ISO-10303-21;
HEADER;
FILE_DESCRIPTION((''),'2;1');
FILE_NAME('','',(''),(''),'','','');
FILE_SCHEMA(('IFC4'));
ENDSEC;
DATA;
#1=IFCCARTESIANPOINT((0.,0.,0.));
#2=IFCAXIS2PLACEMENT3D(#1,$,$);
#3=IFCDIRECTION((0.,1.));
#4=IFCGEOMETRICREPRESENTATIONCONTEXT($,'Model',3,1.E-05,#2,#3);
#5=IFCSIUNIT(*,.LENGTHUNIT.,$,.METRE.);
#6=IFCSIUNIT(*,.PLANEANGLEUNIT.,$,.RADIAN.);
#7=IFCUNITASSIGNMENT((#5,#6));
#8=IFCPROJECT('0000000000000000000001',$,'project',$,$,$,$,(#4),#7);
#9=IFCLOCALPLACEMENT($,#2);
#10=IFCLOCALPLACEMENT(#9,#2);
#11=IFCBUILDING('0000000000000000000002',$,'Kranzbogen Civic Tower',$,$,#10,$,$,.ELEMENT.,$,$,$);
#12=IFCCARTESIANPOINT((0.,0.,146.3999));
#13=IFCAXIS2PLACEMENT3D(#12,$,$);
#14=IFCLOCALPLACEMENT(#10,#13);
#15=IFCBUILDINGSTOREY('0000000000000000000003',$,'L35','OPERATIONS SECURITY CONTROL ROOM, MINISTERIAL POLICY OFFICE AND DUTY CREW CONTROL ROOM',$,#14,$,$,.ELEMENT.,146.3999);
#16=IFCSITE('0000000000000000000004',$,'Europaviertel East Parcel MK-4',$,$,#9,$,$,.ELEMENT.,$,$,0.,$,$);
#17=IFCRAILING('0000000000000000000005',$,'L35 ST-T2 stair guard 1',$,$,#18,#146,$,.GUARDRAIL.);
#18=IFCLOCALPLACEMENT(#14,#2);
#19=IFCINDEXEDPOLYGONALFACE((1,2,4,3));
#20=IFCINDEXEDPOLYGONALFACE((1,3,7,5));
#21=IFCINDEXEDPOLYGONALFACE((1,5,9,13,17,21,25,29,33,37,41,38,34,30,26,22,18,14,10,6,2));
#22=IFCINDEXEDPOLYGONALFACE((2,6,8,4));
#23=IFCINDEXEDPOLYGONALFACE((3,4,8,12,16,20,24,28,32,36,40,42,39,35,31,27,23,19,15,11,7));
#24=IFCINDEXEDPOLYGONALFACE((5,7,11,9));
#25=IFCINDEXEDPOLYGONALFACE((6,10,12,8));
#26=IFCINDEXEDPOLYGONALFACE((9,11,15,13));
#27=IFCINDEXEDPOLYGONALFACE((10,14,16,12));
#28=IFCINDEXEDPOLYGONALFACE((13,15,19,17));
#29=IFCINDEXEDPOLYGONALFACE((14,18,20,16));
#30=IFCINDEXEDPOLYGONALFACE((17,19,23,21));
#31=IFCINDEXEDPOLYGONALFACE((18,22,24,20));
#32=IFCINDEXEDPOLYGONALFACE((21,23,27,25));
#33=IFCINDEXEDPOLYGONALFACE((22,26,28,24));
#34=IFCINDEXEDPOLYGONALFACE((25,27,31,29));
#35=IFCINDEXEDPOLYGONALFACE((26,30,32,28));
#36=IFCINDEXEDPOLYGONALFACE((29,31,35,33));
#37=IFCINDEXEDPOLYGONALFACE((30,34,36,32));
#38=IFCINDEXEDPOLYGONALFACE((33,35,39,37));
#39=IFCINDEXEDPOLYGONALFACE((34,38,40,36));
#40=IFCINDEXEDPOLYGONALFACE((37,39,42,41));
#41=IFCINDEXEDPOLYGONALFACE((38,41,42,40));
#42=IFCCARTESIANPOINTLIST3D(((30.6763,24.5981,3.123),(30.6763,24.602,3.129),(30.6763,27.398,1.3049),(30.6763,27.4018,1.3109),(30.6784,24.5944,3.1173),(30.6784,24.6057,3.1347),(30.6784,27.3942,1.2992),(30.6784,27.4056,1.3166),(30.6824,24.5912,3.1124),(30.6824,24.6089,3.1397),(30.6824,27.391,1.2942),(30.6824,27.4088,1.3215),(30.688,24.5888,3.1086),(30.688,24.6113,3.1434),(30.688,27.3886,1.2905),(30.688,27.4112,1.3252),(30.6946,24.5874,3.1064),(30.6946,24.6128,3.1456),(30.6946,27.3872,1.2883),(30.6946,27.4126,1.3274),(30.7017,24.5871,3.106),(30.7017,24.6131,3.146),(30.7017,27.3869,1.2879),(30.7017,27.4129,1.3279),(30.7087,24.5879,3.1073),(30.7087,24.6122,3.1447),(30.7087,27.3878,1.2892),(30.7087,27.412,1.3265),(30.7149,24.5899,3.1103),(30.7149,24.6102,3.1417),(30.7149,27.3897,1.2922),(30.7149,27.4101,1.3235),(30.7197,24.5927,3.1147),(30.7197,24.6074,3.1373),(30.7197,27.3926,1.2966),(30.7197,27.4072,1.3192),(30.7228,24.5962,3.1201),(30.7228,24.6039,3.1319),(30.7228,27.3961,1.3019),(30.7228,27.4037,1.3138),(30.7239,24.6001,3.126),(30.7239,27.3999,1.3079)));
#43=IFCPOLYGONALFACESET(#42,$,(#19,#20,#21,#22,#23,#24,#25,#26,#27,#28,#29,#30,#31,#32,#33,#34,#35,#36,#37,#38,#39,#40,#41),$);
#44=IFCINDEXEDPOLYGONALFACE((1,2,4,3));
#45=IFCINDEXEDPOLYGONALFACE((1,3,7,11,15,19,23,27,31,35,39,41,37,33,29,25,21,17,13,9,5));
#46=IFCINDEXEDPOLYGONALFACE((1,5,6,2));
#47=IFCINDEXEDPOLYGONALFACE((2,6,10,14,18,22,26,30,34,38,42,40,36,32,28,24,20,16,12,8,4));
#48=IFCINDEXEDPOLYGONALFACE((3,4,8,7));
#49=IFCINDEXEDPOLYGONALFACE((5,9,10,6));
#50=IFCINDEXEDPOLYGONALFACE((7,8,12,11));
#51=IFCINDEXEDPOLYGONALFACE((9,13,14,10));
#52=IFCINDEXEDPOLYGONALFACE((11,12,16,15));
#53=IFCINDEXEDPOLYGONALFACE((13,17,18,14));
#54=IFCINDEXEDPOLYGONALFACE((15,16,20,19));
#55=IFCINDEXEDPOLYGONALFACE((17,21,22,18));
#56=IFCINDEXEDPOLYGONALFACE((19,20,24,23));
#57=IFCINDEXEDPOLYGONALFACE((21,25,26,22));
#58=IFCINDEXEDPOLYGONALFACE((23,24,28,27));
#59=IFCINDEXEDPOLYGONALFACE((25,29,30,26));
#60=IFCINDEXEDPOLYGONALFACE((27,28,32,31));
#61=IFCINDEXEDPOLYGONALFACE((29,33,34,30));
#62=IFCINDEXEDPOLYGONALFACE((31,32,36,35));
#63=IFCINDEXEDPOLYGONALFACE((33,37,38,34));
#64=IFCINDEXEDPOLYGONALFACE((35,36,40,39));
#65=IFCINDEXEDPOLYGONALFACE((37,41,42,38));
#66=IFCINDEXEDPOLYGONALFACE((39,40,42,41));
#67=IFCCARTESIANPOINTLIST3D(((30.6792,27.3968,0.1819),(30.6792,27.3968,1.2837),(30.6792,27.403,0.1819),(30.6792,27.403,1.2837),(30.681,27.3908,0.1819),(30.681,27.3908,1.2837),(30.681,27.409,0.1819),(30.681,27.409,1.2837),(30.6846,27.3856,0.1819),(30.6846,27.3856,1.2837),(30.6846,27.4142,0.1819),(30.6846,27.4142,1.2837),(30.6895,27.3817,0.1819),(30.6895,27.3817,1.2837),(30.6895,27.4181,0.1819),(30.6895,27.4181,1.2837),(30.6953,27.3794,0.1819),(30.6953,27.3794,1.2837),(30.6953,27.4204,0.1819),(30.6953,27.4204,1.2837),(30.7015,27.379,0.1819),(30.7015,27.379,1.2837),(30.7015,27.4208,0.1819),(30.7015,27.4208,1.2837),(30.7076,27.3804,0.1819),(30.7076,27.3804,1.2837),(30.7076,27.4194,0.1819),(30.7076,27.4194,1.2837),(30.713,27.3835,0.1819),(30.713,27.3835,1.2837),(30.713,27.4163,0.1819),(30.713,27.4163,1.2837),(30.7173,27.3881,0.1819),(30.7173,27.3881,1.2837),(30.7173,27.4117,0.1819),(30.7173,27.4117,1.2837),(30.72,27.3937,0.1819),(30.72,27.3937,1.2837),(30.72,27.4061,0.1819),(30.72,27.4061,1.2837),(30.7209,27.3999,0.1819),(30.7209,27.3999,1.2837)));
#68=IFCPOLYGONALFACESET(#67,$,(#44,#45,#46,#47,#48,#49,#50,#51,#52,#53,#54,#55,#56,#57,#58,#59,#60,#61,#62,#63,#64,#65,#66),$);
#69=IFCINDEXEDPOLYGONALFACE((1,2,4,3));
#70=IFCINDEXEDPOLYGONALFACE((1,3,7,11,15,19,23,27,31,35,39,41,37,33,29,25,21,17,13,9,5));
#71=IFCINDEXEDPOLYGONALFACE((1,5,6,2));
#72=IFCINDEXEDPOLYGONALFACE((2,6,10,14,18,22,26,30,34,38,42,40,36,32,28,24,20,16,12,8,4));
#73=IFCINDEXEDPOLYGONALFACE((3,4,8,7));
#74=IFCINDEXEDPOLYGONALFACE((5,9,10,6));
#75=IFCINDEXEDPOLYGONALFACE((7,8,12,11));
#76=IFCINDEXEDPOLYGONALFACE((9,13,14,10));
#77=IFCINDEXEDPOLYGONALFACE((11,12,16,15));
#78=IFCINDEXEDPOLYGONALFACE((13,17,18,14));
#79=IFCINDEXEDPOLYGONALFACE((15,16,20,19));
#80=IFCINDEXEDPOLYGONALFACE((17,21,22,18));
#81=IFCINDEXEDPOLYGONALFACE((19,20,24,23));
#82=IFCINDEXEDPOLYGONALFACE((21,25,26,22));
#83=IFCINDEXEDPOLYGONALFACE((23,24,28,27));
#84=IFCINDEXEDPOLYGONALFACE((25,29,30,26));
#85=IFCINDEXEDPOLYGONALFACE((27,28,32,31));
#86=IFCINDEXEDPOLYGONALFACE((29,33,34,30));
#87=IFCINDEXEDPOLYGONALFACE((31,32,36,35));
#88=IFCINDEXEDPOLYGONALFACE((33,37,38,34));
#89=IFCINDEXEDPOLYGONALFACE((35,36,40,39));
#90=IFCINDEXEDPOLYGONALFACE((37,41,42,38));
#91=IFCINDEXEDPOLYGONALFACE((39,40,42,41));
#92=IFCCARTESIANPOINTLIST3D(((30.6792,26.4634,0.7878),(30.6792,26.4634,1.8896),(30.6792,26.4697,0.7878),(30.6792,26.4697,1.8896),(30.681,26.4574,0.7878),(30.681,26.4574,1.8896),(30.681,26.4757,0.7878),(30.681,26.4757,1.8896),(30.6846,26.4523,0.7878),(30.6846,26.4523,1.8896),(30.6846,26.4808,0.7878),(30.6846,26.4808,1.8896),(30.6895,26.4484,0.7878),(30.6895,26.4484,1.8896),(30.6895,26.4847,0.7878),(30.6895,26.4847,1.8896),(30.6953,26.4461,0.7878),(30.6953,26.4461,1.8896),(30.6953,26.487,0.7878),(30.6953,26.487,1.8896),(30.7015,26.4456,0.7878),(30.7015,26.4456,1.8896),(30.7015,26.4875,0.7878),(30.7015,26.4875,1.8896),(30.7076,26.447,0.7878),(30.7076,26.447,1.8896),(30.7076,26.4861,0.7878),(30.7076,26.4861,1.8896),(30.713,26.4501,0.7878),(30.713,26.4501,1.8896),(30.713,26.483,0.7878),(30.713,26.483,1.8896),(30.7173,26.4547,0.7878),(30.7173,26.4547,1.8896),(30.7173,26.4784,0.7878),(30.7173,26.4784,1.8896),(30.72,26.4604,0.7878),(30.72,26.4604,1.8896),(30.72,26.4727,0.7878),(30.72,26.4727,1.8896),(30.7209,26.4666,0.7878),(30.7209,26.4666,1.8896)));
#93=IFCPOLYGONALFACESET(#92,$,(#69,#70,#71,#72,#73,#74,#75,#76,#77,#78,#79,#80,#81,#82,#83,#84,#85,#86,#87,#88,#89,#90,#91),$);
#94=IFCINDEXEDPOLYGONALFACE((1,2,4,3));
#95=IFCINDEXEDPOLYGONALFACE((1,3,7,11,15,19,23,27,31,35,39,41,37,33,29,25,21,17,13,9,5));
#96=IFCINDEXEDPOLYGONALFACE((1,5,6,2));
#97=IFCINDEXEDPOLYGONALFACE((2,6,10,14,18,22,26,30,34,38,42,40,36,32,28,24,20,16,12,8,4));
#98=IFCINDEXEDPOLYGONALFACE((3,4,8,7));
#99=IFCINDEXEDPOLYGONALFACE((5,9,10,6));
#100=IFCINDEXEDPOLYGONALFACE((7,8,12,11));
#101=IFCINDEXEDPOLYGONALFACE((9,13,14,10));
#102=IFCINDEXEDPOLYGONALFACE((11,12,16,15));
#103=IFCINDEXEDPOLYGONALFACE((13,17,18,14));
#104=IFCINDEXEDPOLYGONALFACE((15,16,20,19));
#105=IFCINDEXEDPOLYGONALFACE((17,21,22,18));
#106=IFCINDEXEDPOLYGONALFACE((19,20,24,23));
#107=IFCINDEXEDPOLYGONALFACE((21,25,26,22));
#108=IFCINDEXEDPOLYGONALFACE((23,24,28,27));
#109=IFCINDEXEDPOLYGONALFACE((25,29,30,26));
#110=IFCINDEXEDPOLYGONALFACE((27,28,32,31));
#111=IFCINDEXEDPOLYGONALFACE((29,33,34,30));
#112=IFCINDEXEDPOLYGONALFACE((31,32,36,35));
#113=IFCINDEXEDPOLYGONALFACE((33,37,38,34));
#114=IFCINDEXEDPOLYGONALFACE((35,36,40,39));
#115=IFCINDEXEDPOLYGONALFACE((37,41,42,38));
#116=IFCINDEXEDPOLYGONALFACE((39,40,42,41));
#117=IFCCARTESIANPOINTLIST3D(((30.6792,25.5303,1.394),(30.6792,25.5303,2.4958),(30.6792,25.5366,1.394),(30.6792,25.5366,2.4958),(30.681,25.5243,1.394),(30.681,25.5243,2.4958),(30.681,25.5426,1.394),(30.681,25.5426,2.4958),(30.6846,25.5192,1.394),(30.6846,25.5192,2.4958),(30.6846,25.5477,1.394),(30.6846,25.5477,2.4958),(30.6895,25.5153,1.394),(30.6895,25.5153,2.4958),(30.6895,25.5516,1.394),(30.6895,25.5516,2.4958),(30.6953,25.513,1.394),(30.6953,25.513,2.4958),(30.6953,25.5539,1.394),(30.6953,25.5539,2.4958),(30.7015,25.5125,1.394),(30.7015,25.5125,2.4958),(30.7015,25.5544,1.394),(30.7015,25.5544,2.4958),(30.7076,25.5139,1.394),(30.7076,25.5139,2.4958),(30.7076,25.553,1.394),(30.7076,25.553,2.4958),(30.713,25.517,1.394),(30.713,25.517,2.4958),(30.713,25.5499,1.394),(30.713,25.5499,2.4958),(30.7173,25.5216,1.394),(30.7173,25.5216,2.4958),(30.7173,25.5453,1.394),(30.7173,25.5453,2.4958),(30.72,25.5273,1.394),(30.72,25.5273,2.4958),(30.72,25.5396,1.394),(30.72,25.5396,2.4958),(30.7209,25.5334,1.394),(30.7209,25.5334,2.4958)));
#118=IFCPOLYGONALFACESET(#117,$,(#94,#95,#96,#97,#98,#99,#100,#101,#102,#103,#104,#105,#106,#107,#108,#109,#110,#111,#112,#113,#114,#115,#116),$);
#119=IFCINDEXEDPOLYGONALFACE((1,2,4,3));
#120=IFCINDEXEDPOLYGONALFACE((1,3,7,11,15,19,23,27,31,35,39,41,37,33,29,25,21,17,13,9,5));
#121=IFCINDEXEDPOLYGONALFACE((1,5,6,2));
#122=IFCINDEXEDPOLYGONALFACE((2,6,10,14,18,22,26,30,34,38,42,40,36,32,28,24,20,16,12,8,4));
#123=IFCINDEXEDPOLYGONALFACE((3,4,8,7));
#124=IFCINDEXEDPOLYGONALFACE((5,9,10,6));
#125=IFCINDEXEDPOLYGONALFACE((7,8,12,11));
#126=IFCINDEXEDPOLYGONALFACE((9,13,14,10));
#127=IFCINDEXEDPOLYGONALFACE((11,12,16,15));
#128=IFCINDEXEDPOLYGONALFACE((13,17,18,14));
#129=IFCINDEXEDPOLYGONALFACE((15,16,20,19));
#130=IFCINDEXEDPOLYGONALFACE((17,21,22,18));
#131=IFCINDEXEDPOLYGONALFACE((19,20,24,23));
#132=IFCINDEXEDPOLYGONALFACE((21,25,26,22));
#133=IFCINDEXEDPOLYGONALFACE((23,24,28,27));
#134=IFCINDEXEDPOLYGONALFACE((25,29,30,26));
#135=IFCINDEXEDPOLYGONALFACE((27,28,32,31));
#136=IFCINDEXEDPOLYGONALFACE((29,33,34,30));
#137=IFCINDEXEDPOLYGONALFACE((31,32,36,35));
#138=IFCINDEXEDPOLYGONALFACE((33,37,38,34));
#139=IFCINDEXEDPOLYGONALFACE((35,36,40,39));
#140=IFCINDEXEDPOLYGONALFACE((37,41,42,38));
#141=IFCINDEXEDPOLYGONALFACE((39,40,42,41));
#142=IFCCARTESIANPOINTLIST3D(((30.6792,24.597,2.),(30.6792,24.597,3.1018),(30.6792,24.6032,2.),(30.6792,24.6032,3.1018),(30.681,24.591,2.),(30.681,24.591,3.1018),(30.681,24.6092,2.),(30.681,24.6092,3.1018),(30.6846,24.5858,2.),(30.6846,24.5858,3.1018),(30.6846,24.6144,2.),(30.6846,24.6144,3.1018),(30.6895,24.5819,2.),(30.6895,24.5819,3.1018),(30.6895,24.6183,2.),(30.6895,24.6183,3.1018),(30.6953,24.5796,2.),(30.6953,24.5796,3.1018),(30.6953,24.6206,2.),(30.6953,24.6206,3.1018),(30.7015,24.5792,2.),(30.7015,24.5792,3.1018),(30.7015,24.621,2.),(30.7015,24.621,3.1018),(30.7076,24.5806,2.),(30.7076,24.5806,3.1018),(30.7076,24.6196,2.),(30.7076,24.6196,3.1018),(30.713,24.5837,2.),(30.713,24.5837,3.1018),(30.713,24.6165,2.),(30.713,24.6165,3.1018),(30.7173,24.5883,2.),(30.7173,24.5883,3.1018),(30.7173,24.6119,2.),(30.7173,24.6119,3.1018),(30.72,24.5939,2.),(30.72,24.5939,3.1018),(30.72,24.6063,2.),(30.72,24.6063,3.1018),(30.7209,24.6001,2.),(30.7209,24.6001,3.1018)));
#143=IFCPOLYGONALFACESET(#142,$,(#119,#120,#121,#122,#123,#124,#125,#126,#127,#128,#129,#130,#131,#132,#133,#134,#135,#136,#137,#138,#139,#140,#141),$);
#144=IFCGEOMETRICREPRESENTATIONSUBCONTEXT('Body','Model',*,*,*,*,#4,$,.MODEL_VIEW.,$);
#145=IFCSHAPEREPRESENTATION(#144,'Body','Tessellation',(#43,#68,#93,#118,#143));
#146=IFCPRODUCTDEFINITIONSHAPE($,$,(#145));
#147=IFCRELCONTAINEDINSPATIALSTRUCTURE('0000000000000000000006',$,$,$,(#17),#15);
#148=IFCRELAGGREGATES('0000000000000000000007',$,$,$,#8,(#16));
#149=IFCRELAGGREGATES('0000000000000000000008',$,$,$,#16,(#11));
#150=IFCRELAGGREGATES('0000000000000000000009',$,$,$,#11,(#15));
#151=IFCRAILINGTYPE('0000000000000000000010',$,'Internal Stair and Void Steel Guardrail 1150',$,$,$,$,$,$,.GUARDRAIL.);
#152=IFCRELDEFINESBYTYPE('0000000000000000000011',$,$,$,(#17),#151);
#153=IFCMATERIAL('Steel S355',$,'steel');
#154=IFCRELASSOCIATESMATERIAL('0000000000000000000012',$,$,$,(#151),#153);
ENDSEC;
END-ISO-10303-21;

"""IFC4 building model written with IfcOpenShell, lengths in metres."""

from ifc_helpers import new_model, si_unit, direction, frame, origin, origin_2d, place, context, subcontext, project, spatial, circle, extrude, material, type_object, element, save


model = new_model("IFC4")

# Units and contexts
model_context = context("Model", 3, precision=1e-05, world=origin(), true_north=direction((0.0, 1.0)))
body_context = subcontext(model_context, "Body", "Model", "MODEL_VIEW")
ifc_project = project(units=[si_unit("LENGTHUNIT", "METRE"), si_unit("PLANEANGLEUNIT", "RADIAN")], contexts=[model_context])

# Site, building, storey
site_placement = place(None, origin())
site = spatial("IfcSite", under=ifc_project, at=site_placement, Name="Europaviertel East Parcel MK-4", CompositionType="ELEMENT", RefElevation=0.0)
building_placement = place(site_placement, origin())
building = spatial("IfcBuilding", under=site, at=building_placement, Name="Kranzbogen Civic Tower", CompositionType="ELEMENT")
storey_placement = place(building_placement, frame((0.0, 0.0, 146.3999)))
storey = spatial("IfcBuildingStorey", under=building, at=storey_placement, Name="L35", Description="OPERATIONS SECURITY CONTROL ROOM, MINISTERIAL POLICY OFFICE AND DUTY CREW CONTROL ROOM", CompositionType="ELEMENT", Elevation=146.3999)

# Shared definitions
ifc_material_1 = material(Name="Steel S355", Category="steel")

# Railing
railing_type_1 = type_object("IfcRailingType", Name="Internal Stair and Void Steel Guardrail 1150", PredefinedType="GUARDRAIL", material=ifc_material_1)
railing_1_placement = place(storey_placement, frame((30.7, 27.3999, 0.1819)))
element("IfcRailing", 1, at=railing_1_placement, inside=storey, type_object=railing_type_1, Name="L35 ST-T2 stair guard 1", PredefinedType="GUARDRAIL", context=body_context, shape_type="SweptSolid", body=[
    extrude(circle(Radius=0.0239, at=origin_2d()), frame((0.0, 0.0, 1.126), z_axis=(0.0, -0.838684, 0.544618), x_axis=(1.0, 0.0, 0.0)), (0.0, 0.0, 1.0), 3.3384),
    extrude(circle(Radius=0.021, at=origin_2d()), origin(), (0.0, 0.0, 1.0), 1.1018),
    extrude(circle(Radius=0.021, at=origin_2d()), frame((0.0, -0.9333, 0.606)), (0.0, 0.0, 1.0), 1.1018),
    extrude(circle(Radius=0.021, at=origin_2d()), frame((0.0, -1.8665, 1.2122)), (0.0, 0.0, 1.0), 1.1018),
    extrude(circle(Radius=0.021, at=origin_2d()), frame((0.0, -2.7998, 1.8181)), (0.0, 0.0, 1.0), 1.1018),
])

save(model, "model.ifc")
